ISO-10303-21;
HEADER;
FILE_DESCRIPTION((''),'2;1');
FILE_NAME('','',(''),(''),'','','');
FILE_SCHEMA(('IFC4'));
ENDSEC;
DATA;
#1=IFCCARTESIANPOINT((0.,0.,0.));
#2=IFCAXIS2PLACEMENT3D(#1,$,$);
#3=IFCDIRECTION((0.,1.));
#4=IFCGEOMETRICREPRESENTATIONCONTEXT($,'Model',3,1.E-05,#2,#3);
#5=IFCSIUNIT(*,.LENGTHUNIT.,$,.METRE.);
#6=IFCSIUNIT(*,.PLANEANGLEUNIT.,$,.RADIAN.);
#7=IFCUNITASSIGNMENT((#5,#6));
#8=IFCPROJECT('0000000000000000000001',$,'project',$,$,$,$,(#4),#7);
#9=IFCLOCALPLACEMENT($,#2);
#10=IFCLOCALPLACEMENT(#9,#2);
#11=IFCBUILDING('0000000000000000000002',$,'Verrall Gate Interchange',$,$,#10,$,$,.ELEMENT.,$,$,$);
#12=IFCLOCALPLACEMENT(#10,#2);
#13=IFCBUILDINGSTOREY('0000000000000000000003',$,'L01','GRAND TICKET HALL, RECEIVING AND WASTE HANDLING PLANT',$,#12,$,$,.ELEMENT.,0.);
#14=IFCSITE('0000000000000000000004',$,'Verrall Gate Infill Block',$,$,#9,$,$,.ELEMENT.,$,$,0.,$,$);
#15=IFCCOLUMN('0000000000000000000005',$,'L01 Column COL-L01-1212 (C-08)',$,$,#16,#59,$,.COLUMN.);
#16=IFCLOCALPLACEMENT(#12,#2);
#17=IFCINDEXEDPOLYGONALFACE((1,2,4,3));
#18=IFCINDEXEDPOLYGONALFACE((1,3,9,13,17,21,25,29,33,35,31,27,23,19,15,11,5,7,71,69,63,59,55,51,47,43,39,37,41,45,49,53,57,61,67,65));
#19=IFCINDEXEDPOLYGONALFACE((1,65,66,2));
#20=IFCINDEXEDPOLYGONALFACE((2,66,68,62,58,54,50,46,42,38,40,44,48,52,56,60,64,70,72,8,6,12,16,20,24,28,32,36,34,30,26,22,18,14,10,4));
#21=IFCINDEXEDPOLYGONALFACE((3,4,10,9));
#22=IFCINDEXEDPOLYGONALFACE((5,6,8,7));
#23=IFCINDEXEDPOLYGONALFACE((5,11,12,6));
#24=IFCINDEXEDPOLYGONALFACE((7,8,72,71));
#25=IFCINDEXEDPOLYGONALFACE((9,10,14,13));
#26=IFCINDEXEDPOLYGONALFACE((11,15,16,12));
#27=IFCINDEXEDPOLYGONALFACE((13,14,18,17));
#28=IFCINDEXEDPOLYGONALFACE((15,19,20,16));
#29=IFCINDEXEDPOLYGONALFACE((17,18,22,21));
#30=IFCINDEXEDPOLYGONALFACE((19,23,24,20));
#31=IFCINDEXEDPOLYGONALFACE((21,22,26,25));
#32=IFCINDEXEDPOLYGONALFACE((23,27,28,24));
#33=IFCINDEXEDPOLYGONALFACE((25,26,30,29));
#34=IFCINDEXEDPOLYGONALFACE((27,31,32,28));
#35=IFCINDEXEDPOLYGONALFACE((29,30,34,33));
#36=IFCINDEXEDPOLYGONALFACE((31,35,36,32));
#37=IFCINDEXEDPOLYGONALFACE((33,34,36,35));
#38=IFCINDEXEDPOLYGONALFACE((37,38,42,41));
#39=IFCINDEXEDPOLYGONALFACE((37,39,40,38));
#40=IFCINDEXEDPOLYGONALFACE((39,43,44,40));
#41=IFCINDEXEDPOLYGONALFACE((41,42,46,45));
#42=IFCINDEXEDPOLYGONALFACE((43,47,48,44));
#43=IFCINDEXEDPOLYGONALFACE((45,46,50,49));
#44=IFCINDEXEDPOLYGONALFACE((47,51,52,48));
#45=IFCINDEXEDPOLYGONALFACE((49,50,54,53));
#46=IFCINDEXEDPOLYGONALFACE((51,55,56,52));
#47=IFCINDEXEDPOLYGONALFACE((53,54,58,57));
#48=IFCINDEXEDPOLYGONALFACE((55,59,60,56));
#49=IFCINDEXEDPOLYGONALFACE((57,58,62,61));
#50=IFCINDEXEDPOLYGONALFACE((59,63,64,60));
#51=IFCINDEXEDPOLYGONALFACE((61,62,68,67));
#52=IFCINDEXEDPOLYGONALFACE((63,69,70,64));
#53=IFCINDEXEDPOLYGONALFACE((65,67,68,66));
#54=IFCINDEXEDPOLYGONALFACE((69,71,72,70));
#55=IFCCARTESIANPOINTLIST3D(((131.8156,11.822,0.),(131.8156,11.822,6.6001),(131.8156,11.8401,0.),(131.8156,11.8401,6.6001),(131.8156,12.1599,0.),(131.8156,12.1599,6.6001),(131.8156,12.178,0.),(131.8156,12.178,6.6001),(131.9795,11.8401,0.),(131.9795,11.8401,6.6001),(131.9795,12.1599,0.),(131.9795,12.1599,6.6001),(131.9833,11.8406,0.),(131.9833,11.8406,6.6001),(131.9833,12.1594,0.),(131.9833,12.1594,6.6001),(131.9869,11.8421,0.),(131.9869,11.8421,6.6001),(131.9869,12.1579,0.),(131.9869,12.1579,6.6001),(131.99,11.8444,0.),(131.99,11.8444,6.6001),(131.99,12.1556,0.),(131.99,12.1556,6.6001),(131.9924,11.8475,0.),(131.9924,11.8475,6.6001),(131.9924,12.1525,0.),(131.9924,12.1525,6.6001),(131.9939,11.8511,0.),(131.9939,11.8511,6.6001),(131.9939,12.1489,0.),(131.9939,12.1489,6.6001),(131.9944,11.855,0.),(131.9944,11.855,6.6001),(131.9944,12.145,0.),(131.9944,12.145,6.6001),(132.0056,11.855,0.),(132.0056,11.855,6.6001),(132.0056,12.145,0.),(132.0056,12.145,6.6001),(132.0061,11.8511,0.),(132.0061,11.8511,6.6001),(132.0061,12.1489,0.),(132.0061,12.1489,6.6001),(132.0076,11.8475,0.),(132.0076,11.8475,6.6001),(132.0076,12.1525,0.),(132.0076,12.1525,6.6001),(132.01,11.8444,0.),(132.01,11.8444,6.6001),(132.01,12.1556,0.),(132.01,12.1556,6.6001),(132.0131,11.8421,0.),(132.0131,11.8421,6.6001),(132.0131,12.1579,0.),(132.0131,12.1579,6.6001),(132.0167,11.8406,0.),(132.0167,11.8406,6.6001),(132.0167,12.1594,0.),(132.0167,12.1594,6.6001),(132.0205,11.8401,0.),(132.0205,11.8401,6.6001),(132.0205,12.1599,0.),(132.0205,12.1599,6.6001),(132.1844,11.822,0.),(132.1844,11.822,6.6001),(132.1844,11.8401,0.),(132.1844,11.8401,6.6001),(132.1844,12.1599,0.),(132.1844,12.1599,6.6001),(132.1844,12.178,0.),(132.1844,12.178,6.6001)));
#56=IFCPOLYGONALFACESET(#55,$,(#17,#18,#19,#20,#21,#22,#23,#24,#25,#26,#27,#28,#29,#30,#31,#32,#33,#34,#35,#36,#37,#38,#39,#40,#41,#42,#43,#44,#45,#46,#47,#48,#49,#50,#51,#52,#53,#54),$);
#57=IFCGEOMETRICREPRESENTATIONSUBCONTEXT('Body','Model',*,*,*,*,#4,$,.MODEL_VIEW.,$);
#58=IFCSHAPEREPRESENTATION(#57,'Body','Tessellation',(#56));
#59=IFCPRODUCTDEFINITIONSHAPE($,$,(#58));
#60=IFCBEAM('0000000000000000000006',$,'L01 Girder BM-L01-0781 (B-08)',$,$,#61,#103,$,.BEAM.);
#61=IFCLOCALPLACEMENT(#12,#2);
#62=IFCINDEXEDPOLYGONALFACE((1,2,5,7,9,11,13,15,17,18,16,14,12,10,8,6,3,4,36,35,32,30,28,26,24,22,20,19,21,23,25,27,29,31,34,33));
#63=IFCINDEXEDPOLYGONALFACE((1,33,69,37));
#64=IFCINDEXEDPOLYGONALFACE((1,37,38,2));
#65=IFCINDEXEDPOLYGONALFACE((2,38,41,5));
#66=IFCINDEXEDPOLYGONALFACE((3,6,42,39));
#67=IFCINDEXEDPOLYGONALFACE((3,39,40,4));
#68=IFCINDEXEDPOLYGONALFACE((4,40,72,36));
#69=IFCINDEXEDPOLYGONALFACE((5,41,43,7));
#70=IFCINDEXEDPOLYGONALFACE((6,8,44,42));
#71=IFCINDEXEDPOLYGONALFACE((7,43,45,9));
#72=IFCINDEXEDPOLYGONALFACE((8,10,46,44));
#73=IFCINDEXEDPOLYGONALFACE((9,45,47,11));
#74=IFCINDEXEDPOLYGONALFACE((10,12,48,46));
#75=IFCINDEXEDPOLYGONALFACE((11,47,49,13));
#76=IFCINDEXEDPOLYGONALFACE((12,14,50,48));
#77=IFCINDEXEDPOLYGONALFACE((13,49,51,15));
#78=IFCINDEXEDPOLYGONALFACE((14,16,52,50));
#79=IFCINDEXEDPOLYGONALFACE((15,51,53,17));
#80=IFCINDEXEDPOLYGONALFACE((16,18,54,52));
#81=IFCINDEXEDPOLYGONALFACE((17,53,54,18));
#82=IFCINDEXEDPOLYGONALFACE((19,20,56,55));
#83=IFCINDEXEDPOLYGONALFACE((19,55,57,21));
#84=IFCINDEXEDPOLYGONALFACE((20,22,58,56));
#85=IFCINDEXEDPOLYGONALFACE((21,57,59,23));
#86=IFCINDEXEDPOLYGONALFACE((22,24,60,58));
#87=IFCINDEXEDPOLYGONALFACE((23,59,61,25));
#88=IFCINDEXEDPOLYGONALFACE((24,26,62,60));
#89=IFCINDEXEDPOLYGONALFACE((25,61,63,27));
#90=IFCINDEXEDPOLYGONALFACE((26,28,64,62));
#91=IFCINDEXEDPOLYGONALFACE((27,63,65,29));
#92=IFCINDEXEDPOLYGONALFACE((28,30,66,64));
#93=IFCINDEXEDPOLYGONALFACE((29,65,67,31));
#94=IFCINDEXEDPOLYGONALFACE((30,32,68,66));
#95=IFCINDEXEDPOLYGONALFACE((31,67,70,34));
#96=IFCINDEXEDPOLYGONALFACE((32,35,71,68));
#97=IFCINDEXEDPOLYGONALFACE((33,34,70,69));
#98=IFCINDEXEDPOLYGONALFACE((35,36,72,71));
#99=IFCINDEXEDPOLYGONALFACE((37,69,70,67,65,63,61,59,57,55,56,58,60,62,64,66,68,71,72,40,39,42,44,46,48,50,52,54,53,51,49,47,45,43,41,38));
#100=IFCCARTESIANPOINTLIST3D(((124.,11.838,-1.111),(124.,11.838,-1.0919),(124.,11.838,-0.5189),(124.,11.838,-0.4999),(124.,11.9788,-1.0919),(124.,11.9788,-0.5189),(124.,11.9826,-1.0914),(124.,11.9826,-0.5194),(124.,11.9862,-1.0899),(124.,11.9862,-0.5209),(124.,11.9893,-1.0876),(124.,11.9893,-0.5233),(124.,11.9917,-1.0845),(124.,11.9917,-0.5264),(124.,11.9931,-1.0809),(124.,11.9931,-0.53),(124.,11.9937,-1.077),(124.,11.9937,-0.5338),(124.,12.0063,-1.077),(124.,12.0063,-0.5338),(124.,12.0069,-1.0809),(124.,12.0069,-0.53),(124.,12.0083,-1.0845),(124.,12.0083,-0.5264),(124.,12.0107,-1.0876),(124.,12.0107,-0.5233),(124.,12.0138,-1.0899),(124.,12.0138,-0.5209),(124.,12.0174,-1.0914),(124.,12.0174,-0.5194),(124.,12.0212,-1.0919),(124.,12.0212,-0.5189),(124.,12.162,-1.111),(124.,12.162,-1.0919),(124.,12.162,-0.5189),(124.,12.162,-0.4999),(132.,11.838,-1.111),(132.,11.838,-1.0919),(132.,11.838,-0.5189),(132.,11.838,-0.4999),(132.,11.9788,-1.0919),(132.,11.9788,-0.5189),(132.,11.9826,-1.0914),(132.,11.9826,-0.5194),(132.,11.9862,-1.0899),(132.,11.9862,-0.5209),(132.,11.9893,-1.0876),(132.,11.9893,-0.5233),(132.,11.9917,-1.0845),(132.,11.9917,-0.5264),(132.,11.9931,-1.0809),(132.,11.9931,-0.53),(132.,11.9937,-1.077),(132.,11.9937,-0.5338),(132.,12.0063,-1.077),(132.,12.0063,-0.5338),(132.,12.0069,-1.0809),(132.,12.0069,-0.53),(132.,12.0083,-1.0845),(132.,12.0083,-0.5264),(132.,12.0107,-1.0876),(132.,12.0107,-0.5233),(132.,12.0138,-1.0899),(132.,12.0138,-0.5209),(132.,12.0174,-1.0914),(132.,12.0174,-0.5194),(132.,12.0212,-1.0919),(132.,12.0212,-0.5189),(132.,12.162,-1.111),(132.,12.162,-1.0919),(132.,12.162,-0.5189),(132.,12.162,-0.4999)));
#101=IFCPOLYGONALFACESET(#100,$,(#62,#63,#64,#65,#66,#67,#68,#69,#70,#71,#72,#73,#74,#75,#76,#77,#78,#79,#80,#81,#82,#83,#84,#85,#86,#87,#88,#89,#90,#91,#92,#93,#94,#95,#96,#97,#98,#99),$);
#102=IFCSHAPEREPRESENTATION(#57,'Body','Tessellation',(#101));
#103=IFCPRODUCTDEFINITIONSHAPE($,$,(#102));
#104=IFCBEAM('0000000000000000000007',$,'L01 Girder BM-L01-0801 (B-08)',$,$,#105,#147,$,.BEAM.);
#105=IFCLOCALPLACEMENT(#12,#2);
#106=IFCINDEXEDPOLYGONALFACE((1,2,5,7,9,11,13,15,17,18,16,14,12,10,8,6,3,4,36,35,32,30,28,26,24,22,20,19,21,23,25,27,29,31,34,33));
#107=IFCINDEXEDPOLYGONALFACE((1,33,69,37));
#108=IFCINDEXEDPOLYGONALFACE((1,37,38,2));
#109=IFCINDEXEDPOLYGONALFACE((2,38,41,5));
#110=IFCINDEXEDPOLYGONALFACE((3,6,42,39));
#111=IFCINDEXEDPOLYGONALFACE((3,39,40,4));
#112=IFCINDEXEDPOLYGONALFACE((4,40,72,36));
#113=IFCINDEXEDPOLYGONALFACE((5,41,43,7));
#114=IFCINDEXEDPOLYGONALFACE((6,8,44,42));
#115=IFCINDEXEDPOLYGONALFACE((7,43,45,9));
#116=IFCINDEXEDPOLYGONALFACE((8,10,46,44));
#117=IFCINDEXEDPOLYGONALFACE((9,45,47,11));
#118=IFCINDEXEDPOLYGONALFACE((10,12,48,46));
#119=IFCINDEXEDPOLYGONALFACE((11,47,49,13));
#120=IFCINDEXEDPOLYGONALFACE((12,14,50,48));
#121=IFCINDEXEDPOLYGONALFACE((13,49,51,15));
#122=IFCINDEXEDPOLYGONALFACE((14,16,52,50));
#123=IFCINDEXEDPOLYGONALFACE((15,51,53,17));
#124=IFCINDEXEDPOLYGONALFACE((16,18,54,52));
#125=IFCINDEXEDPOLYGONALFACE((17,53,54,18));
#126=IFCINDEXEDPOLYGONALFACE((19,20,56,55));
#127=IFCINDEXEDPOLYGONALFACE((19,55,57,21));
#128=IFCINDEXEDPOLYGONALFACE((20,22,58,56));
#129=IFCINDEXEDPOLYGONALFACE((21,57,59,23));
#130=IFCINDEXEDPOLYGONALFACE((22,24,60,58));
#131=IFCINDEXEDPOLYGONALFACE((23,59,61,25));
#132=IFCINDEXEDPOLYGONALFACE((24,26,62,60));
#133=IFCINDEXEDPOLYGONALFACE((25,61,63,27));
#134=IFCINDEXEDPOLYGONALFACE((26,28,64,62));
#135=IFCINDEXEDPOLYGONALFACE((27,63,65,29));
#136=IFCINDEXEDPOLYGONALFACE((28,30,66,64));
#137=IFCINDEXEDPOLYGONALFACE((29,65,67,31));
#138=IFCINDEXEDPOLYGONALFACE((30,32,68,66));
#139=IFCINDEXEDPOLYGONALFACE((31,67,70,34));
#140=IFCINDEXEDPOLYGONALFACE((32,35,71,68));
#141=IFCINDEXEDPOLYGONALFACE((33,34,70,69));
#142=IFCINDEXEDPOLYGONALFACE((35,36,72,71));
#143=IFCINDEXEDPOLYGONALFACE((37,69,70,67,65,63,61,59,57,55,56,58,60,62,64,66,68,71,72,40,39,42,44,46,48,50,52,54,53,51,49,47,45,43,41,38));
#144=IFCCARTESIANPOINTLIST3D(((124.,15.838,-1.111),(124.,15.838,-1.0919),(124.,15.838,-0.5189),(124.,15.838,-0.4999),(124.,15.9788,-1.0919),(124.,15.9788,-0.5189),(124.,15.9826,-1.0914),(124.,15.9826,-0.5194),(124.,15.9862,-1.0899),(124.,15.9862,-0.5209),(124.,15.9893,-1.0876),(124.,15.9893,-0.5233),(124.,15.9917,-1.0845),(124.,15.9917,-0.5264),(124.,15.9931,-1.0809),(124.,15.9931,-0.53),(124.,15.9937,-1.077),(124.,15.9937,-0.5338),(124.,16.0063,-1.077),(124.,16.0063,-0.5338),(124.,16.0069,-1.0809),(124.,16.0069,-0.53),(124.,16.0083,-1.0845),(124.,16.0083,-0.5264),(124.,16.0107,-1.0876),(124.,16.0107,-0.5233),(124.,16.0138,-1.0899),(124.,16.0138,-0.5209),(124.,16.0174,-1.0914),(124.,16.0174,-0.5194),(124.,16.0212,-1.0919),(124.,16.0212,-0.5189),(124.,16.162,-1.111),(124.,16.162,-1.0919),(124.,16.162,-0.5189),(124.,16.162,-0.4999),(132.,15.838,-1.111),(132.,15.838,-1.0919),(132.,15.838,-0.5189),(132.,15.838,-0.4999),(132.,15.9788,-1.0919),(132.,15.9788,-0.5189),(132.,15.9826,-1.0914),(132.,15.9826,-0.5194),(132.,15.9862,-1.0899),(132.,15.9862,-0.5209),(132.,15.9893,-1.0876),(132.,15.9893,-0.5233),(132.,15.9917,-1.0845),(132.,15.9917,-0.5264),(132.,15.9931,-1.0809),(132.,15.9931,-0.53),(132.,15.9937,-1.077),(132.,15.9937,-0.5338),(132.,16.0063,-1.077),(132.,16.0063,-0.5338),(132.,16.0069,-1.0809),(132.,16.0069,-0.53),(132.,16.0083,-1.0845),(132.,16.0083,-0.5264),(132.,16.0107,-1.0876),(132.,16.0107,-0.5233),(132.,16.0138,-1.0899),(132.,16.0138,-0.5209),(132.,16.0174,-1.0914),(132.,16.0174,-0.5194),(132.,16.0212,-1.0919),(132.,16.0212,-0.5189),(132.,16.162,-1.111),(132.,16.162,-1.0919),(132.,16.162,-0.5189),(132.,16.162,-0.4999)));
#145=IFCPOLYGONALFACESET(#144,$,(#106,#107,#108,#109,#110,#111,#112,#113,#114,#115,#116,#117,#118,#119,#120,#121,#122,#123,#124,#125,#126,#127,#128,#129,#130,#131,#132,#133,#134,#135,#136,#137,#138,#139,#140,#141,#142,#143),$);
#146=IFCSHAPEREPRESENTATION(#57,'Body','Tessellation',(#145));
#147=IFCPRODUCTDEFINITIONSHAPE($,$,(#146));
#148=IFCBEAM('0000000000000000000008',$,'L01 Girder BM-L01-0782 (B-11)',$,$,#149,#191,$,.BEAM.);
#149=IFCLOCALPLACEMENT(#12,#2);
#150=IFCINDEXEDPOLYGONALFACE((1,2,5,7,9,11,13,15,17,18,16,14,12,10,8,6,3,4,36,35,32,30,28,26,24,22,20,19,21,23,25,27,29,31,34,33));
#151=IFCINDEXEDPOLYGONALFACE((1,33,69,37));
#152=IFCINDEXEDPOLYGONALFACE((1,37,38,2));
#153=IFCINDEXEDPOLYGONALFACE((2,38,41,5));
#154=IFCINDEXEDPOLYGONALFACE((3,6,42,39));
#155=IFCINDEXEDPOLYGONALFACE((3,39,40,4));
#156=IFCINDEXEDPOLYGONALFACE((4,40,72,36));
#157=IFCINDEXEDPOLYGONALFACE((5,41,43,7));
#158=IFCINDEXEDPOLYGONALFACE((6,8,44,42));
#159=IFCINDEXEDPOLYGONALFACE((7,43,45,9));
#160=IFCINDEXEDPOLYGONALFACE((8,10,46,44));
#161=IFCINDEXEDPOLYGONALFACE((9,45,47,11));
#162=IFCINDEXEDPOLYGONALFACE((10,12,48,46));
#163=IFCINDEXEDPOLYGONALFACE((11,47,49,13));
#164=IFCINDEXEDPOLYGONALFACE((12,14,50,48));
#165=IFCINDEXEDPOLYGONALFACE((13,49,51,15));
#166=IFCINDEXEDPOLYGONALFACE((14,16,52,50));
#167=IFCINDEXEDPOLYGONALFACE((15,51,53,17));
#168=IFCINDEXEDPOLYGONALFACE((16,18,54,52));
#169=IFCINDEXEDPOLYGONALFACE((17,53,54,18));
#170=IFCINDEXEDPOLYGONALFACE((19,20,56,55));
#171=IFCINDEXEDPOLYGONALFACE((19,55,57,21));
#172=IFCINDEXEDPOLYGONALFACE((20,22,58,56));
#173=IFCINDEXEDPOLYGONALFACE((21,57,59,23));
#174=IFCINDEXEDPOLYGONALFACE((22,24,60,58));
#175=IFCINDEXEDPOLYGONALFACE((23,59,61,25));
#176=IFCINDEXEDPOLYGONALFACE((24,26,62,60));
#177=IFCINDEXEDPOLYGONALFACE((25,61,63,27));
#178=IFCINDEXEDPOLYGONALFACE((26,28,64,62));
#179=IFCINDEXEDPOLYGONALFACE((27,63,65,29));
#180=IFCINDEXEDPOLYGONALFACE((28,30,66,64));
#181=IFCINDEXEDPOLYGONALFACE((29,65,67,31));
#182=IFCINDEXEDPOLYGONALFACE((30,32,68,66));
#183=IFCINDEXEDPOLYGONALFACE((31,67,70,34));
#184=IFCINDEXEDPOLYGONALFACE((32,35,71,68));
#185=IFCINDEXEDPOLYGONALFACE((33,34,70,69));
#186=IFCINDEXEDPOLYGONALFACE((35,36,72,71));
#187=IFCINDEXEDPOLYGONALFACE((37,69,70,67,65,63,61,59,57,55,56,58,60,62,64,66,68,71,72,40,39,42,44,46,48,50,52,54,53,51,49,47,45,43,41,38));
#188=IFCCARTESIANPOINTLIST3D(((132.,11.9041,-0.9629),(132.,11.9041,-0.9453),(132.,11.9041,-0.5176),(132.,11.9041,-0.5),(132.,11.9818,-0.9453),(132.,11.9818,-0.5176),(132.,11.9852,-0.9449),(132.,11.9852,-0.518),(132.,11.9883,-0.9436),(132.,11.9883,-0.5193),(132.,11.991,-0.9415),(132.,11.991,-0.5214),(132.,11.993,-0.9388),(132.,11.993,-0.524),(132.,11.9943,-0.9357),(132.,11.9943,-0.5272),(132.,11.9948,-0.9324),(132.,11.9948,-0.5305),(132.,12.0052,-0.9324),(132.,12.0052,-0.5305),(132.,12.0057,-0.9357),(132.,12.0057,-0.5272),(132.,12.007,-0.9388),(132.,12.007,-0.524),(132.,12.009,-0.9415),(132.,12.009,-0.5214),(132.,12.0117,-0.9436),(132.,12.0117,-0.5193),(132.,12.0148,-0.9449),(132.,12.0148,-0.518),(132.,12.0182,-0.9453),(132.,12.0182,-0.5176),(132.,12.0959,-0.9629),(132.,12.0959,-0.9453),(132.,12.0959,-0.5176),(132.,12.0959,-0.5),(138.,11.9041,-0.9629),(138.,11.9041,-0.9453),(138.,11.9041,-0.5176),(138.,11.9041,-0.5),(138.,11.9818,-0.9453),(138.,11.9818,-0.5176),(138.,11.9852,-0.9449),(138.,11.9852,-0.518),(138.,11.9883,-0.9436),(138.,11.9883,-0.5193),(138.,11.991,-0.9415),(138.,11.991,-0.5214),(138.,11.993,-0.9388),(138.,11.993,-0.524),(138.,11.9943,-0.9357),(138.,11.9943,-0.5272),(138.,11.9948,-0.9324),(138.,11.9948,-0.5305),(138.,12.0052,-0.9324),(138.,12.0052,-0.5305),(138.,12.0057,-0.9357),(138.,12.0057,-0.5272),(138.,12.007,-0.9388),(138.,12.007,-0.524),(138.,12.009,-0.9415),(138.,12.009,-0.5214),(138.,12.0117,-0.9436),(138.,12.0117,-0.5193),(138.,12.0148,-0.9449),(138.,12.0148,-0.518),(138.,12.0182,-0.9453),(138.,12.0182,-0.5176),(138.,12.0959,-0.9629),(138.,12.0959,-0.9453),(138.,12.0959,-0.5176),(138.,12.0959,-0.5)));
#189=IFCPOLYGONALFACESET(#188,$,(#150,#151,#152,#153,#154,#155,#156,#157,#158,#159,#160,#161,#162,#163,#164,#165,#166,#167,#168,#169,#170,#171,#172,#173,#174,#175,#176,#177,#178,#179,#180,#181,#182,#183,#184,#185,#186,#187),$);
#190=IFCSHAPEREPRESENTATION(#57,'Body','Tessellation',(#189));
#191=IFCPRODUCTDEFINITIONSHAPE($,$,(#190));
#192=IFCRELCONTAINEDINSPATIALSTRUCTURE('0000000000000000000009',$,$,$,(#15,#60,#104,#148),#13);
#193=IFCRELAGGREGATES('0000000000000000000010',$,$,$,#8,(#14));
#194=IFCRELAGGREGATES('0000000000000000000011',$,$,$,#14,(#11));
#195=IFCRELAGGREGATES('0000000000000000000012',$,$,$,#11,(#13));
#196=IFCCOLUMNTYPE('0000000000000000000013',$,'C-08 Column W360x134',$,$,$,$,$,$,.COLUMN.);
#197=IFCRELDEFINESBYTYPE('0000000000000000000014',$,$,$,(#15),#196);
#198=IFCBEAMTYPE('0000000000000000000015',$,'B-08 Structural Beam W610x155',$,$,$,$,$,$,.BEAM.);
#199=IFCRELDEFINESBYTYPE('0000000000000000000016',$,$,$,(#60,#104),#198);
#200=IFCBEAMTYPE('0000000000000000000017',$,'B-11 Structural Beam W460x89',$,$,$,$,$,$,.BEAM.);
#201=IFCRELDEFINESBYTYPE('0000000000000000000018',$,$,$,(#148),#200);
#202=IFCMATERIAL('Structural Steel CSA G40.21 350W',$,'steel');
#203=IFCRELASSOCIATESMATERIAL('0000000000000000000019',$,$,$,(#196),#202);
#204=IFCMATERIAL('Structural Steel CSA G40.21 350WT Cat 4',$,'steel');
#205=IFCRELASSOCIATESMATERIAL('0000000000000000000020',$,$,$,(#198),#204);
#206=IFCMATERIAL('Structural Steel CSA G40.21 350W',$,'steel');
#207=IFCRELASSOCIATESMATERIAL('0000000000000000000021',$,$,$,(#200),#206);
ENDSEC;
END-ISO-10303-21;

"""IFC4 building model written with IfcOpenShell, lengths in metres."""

from ifc_helpers import new_model, si_unit, direction, frame, origin, origin_2d, place, context, subcontext, project, spatial, i_section, extrude, material, material_profile, profile_set, type_object, element, save


model = new_model("IFC4")

# Units and contexts
model_context = context("Model", 3, precision=1e-05, world=origin(), true_north=direction((0.0, 1.0)))
body_context = subcontext(model_context, "Body", "Model", "MODEL_VIEW")
ifc_project = project(units=[si_unit("LENGTHUNIT", "METRE"), si_unit("PLANEANGLEUNIT", "RADIAN")], contexts=[model_context])

# Site, building, storey
site_placement = place(None, origin())
site = spatial("IfcSite", under=ifc_project, at=site_placement, Name="Verrall Gate Infill Block", CompositionType="ELEMENT", RefElevation=0.0)
building_placement = place(site_placement, origin())
building = spatial("IfcBuilding", under=site, at=building_placement, Name="Verrall Gate Interchange", CompositionType="ELEMENT")
storey_placement = place(building_placement, origin())
storey = spatial("IfcBuildingStorey", under=building, at=storey_placement, Name="L01", Description="GRAND TICKET HALL, RECEIVING AND WASTE HANDLING PLANT", CompositionType="ELEMENT", Elevation=0.0)

# Column
ifc_material_1 = material(Name="Structural Steel CSA G40.21 350W", Category="steel")
ifc_material_profile_1 = material_profile(ifc_material_1, i_section(OverallWidth=0.3689, OverallDepth=0.356, WebThickness=0.0112, FlangeThickness=0.0181, FilletRadius=0.0149, at=origin_2d()), Name="W360x134")
ifc_profile_set_1 = profile_set([ifc_material_profile_1], Name="Structural Steel CSA G40.21 350W")
column_type = type_object("IfcColumnType", Name="C-08 Column W360x134", PredefinedType="COLUMN", material=ifc_profile_set_1)
column_placement = place(storey_placement, frame((132.0, 12.0, 0.0), z_axis=(0.0, 0.0, 1.0), x_axis=(1.0, 0.0, 0.0)))
element("IfcColumn", 1, at=column_placement, inside=storey, type_object=column_type, Name="L01 Column COL-L01-1212 (C-08)", PredefinedType="COLUMN", context=body_context, shape_type="SweptSolid", body=[
    extrude(i_section(OverallWidth=0.3689, OverallDepth=0.356, WebThickness=0.0112, FlangeThickness=0.0181, FilletRadius=0.0149, at=origin_2d()), origin(), (0.0, 0.0, 1.0), 6.6001),
])

# Beams
ifc_material_2 = material(Name="Structural Steel CSA G40.21 350WT Cat 4", Category="steel")
ifc_material_profile_2 = material_profile(ifc_material_2, i_section(OverallWidth=0.324, OverallDepth=0.6111, WebThickness=0.0127, FlangeThickness=0.019, FilletRadius=0.0149, at=origin_2d()), Name="W610x155")
ifc_profile_set_2 = profile_set([ifc_material_profile_2], Name="Structural Steel CSA G40.21 350WT Cat 4")
beam_type_1 = type_object("IfcBeamType", Name="B-08 Structural Beam W610x155", PredefinedType="BEAM", material=ifc_profile_set_2)
for number, where, z_axis, x_axis, name in (
    (2, (124.0, 12.0, -0.8054), (1.0, 0.0, 0.0), (0.0, 1.0, 0.0), "L01 Girder BM-L01-0781 (B-08)"),
    (3, (124.0, 16.0, -0.8054), (1.0, 0.0, 0.0), (0.0, 1.0, 0.0), "L01 Girder BM-L01-0801 (B-08)"),
):
    element("IfcBeam", number, at=place(storey_placement, frame(where, z_axis=z_axis, x_axis=x_axis)), inside=storey, type_object=beam_type_1, Name=name, PredefinedType="BEAM", context=body_context, shape_type="SweptSolid", body=[
        extrude(i_section(OverallWidth=0.324, OverallDepth=0.6111, WebThickness=0.0127, FlangeThickness=0.019, FilletRadius=0.0149, at=origin_2d()), origin(), (0.0, 0.0, 1.0), 8.0),
    ])
ifc_material_3 = material(Name="Structural Steel CSA G40.21 350W", Category="steel")
ifc_material_profile_3 = material_profile(ifc_material_3, i_section(OverallWidth=0.1919, OverallDepth=0.4629, WebThickness=0.0105, FlangeThickness=0.0176, FilletRadius=0.0129, at=origin_2d()), Name="W460x89")
ifc_profile_set_3 = profile_set([ifc_material_profile_3], Name="Structural Steel CSA G40.21 350W")
beam_type_2 = type_object("IfcBeamType", Name="B-11 Structural Beam W460x89", PredefinedType="BEAM", material=ifc_profile_set_3)
beam_1_placement = place(storey_placement, frame((132.0, 12.0, -0.7314), z_axis=(1.0, 0.0, 0.0), x_axis=(0.0, 1.0, 0.0)))
element("IfcBeam", 4, at=beam_1_placement, inside=storey, type_object=beam_type_2, Name="L01 Girder BM-L01-0782 (B-11)", PredefinedType="BEAM", context=body_context, shape_type="SweptSolid", body=[
    extrude(i_section(OverallWidth=0.1919, OverallDepth=0.4629, WebThickness=0.0105, FlangeThickness=0.0176, FilletRadius=0.0129, at=origin_2d()), origin(), (0.0, 0.0, 1.0), 6.0),
])

save(model, "model.ifc")
